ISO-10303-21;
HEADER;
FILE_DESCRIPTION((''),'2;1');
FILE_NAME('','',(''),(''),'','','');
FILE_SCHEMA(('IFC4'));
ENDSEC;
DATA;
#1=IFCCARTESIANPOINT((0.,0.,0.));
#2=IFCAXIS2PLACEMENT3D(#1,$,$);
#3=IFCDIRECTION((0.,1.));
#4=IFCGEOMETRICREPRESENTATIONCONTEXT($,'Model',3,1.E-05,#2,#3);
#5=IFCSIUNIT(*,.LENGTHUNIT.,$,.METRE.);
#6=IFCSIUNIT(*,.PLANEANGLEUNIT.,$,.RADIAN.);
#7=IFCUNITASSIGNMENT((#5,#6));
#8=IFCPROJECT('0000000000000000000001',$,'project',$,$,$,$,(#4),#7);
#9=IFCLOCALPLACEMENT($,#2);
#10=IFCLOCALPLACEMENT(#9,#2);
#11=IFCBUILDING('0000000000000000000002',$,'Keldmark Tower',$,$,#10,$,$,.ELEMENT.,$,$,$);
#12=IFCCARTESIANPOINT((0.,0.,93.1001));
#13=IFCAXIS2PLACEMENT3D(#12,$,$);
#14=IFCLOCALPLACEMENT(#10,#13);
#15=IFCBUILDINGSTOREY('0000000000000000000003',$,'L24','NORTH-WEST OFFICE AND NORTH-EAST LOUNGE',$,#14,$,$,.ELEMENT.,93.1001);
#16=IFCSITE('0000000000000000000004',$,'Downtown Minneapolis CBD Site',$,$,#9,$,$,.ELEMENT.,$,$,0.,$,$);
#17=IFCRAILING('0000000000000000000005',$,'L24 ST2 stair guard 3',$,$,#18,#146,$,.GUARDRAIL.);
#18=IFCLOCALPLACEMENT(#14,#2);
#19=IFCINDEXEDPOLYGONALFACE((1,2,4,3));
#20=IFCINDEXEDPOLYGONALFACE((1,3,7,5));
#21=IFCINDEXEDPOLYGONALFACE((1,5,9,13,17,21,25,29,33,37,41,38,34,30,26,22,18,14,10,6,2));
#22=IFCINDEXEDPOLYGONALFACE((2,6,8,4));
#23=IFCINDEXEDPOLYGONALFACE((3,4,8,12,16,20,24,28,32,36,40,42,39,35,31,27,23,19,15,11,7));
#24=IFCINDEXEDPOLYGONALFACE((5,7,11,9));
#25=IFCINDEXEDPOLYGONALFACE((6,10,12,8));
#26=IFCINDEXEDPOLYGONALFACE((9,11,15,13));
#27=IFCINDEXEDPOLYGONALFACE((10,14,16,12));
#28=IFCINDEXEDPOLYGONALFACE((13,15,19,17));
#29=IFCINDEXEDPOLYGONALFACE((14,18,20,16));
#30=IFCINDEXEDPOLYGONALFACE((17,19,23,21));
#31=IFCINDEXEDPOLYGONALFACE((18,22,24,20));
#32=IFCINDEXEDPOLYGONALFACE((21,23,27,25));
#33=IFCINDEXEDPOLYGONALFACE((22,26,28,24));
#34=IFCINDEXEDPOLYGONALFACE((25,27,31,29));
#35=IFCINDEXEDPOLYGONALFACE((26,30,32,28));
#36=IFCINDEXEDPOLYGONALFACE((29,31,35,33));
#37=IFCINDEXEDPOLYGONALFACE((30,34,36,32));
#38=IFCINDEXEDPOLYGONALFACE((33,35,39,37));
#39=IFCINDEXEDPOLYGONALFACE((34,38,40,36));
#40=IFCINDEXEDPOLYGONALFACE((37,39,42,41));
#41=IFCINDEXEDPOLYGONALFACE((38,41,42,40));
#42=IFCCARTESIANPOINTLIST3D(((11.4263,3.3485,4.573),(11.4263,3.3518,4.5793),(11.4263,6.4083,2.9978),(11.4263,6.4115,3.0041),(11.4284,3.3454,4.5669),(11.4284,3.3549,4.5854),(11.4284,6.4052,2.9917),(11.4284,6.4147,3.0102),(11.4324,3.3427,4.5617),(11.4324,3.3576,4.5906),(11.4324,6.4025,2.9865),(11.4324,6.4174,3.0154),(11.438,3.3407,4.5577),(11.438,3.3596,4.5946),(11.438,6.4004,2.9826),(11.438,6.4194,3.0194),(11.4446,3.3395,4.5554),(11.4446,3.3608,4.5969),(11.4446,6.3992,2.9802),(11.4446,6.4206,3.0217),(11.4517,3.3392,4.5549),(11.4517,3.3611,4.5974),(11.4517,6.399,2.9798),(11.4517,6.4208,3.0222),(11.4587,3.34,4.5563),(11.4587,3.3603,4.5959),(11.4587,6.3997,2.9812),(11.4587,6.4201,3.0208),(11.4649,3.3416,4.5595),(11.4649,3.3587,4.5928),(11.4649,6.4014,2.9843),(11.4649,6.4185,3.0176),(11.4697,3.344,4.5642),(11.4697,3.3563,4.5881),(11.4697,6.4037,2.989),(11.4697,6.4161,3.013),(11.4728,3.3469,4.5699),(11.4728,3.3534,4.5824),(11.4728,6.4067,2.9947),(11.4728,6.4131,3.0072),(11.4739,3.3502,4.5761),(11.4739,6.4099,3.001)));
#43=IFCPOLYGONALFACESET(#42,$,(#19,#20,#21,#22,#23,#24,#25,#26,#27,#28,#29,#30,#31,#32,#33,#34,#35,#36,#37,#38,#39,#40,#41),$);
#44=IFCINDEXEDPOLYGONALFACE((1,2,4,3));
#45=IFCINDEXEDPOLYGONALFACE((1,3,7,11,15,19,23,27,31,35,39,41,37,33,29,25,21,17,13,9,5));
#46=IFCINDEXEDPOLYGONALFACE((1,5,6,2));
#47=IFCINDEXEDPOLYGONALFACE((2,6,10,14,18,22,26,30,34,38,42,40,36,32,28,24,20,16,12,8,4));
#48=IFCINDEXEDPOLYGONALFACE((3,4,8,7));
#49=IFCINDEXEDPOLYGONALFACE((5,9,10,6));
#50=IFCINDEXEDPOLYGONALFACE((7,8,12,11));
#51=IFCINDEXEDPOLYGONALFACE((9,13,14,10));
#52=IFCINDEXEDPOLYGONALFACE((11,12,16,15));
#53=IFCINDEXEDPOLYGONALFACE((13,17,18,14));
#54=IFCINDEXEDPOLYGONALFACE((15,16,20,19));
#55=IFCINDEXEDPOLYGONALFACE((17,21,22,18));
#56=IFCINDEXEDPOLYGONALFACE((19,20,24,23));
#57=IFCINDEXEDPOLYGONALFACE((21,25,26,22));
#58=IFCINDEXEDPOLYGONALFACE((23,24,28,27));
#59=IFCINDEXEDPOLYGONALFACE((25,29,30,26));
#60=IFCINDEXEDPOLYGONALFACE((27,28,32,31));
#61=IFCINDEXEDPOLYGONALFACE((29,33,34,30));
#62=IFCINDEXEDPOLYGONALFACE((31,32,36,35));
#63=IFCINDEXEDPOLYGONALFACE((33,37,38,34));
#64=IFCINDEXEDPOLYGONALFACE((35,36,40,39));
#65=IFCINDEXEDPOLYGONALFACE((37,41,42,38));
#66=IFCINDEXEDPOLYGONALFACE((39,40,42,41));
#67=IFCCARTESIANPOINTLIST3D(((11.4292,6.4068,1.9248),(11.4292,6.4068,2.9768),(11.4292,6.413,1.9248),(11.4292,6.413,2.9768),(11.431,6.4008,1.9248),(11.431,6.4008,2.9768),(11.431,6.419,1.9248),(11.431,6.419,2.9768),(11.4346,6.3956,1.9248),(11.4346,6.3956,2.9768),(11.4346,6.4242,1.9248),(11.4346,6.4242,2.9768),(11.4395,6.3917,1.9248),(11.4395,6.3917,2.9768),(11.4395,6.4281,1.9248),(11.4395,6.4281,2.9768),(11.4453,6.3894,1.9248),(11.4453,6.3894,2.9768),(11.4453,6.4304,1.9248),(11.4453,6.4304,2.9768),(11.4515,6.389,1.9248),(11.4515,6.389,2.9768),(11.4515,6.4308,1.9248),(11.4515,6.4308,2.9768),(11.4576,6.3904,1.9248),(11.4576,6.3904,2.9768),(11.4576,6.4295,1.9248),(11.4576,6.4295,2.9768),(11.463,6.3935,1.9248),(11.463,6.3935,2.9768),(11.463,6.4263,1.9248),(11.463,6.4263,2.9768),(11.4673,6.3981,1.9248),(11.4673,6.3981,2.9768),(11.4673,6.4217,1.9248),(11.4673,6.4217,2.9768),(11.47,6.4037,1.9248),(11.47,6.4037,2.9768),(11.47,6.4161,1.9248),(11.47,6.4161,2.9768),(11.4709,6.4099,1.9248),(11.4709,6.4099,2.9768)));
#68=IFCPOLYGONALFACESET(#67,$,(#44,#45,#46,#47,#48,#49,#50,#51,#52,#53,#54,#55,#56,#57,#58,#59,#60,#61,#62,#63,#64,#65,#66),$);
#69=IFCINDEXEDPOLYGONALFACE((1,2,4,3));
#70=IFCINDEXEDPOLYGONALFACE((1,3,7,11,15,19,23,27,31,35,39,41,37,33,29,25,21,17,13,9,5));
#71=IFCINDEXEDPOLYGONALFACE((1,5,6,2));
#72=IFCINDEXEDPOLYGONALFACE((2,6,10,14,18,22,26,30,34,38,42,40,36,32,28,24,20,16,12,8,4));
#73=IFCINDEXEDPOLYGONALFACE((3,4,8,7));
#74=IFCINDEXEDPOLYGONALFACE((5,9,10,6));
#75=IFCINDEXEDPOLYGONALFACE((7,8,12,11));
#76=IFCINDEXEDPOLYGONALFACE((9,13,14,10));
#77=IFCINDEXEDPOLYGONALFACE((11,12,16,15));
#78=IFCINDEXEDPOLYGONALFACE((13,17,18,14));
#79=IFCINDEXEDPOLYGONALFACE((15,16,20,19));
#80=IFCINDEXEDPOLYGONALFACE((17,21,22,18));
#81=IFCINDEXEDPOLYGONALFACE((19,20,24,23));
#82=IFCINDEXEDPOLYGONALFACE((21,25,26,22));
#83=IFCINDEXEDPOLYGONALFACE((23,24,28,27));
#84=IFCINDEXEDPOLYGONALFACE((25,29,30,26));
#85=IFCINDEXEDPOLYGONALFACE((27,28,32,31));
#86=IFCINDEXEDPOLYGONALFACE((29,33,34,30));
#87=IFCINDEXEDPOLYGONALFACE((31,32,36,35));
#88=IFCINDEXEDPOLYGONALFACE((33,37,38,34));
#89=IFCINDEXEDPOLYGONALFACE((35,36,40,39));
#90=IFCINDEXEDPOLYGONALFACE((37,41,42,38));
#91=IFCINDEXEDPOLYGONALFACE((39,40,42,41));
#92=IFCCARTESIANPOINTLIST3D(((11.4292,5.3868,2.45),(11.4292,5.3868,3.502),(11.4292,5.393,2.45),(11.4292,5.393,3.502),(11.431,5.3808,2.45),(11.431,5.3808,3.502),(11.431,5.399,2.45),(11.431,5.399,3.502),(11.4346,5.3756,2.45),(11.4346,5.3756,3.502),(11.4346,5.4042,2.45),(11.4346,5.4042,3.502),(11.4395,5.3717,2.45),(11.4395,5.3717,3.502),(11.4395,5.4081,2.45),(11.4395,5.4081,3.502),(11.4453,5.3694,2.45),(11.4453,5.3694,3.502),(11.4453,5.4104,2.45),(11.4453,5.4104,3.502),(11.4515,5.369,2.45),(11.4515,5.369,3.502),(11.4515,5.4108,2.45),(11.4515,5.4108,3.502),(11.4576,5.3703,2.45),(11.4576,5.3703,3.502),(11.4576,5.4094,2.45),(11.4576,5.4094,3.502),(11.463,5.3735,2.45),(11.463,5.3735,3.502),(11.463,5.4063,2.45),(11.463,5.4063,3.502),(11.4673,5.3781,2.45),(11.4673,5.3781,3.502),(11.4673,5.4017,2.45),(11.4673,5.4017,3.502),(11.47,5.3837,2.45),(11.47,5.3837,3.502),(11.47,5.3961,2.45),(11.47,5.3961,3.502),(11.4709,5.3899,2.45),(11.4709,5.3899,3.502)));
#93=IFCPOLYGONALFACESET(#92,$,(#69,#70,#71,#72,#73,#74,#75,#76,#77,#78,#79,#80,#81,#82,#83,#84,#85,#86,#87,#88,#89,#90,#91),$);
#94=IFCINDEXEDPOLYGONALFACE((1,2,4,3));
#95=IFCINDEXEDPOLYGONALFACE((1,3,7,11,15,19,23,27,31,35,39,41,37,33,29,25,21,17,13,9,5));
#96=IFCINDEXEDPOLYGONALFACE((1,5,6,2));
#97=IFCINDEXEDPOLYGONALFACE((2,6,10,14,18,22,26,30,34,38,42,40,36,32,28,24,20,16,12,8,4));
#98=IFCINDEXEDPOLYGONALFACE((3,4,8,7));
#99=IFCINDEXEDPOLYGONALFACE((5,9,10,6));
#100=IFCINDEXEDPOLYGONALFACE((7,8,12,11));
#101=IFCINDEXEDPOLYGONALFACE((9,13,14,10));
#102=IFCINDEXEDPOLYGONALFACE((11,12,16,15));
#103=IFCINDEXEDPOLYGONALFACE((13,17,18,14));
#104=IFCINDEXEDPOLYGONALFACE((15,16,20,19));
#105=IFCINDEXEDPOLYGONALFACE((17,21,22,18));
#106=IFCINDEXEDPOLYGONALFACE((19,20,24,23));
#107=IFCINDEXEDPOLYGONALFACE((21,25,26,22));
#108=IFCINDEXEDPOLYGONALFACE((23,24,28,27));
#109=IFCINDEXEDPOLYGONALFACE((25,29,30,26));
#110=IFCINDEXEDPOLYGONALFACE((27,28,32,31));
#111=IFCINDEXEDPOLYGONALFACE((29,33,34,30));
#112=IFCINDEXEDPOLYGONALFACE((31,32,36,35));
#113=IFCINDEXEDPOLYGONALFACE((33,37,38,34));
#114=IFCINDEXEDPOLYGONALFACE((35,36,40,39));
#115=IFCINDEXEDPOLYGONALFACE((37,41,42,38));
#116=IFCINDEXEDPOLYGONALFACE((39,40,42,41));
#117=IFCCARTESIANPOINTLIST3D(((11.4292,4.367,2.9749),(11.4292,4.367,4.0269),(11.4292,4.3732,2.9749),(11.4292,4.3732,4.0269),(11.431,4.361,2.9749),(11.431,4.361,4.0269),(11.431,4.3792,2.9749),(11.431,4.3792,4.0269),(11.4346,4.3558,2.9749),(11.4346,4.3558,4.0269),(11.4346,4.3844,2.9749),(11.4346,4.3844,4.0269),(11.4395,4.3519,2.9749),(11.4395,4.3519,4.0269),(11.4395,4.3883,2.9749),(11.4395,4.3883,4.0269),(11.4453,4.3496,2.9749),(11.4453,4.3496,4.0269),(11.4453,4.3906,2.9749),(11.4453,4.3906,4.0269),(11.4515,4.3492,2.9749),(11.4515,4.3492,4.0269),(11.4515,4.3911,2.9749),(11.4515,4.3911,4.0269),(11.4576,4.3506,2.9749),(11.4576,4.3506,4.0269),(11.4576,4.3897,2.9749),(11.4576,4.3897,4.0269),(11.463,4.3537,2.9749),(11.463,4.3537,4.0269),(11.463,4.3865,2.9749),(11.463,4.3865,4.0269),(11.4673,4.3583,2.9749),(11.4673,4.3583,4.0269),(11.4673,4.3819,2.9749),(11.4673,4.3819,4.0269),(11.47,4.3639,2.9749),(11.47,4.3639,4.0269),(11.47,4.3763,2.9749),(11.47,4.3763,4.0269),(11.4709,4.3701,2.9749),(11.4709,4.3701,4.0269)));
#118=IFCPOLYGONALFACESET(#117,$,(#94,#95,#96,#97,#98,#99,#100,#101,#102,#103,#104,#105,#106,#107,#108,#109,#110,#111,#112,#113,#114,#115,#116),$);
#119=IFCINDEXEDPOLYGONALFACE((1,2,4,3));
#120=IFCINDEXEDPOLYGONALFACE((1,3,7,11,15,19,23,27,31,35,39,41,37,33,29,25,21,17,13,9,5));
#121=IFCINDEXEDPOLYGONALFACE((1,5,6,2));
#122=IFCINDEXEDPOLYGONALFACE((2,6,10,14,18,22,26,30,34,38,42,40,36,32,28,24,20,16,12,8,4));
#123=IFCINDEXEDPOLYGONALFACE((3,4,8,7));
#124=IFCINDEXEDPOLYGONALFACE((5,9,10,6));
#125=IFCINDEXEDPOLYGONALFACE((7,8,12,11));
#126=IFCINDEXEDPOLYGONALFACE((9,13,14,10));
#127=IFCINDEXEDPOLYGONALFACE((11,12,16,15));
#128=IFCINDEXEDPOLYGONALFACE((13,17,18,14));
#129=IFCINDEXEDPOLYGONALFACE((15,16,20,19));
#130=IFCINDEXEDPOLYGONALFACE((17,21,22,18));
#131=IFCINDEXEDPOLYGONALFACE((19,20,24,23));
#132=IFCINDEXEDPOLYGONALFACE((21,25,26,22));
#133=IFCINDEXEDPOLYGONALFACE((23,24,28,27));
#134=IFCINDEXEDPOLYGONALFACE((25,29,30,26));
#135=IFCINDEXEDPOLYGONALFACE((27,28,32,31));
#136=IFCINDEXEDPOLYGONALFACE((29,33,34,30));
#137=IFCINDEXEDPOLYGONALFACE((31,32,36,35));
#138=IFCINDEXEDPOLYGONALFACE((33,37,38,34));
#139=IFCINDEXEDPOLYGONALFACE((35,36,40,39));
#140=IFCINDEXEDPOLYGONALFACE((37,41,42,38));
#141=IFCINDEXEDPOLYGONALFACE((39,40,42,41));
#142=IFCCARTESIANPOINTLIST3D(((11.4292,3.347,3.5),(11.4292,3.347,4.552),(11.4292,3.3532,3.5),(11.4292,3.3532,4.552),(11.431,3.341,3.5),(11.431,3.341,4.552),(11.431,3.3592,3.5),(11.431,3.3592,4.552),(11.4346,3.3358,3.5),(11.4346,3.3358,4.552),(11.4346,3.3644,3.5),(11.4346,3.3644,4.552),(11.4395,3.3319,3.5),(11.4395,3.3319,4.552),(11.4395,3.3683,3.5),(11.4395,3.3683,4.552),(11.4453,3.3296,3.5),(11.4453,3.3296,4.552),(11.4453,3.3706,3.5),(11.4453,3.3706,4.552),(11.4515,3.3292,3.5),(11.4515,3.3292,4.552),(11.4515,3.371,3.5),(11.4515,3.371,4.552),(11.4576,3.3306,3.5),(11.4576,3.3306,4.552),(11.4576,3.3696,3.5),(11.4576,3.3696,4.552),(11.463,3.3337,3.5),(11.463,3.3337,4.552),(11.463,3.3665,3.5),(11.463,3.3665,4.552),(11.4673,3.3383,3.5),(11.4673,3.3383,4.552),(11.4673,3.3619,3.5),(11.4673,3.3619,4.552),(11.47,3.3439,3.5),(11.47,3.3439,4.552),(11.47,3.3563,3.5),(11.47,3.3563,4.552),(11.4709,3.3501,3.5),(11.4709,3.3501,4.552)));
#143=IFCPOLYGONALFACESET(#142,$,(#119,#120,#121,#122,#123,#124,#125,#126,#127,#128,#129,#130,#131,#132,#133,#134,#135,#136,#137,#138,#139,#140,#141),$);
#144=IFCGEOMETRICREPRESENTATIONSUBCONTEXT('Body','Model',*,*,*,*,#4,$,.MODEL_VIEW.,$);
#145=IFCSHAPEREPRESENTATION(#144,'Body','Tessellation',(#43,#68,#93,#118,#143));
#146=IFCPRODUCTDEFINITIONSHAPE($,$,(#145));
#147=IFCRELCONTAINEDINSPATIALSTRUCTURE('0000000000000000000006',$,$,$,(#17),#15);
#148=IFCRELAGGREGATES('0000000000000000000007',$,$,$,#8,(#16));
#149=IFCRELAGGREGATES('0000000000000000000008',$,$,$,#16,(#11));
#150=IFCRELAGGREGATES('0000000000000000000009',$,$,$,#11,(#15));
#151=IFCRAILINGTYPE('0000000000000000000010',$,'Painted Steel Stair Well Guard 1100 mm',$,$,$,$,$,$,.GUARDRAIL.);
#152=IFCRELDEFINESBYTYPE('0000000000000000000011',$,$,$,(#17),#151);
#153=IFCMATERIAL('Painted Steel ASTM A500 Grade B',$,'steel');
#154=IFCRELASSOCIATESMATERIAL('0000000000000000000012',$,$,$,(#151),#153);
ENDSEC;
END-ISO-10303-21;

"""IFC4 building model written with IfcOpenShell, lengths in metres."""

from ifc_helpers import new_model, si_unit, direction, frame, origin, origin_2d, place, context, subcontext, project, spatial, circle, extrude, material, type_object, element, save


model = new_model("IFC4")

# Units and contexts
model_context = context("Model", 3, precision=1e-05, world=origin(), true_north=direction((0.0, 1.0)))
body_context = subcontext(model_context, "Body", "Model", "MODEL_VIEW")
ifc_project = project(units=[si_unit("LENGTHUNIT", "METRE"), si_unit("PLANEANGLEUNIT", "RADIAN")], contexts=[model_context])

# Site, building, storey
site_placement = place(None, origin())
site = spatial("IfcSite", under=ifc_project, at=site_placement, Name="Downtown Minneapolis CBD Site", CompositionType="ELEMENT", RefElevation=0.0)
building_placement = place(site_placement, origin())
building = spatial("IfcBuilding", under=site, at=building_placement, Name="Keldmark Tower", CompositionType="ELEMENT")
storey_placement = place(building_placement, frame((0.0, 0.0, 93.1001)))
storey = spatial("IfcBuildingStorey", under=building, at=storey_placement, Name="L24", Description="NORTH-WEST OFFICE AND NORTH-EAST LOUNGE", CompositionType="ELEMENT", Elevation=93.1001)

# Railing
ifc_material_1 = material(Name="Painted Steel ASTM A500 Grade B", Category="steel")
railing_type_1 = type_object("IfcRailingType", Name="Painted Steel Stair Well Guard 1100 mm", PredefinedType="GUARDRAIL", material=ifc_material_1)
railing_1_placement = place(storey_placement, frame((11.45, 6.4099, 1.9248)))
element("IfcRailing", 1, at=railing_1_placement, inside=storey, type_object=railing_type_1, Name="L24 ST2 stair guard 3", PredefinedType="GUARDRAIL", context=body_context, shape_type="SweptSolid", body=[
    extrude(circle(Radius=0.0239, at=origin_2d()), frame((0.0, 0.0, 1.0762), z_axis=(0.0, -0.889101, 0.45771), x_axis=(1.0, 0.0, 0.0)), (0.0, 0.0, 1.0), 3.4414),
    extrude(circle(Radius=0.021, at=origin_2d()), origin(), (0.0, 0.0, 1.0), 1.052),
    extrude(circle(Radius=0.021, at=origin_2d()), frame((0.0, -1.02, 0.5251)), (0.0, 0.0, 1.0), 1.052),
    extrude(circle(Radius=0.021, at=origin_2d()), frame((0.0, -2.0398, 1.05)), (0.0, 0.0, 1.0), 1.052),
    extrude(circle(Radius=0.021, at=origin_2d()), frame((0.0, -3.0598, 1.5752)), (0.0, 0.0, 1.0), 1.052),
])

save(model, "model.ifc")
